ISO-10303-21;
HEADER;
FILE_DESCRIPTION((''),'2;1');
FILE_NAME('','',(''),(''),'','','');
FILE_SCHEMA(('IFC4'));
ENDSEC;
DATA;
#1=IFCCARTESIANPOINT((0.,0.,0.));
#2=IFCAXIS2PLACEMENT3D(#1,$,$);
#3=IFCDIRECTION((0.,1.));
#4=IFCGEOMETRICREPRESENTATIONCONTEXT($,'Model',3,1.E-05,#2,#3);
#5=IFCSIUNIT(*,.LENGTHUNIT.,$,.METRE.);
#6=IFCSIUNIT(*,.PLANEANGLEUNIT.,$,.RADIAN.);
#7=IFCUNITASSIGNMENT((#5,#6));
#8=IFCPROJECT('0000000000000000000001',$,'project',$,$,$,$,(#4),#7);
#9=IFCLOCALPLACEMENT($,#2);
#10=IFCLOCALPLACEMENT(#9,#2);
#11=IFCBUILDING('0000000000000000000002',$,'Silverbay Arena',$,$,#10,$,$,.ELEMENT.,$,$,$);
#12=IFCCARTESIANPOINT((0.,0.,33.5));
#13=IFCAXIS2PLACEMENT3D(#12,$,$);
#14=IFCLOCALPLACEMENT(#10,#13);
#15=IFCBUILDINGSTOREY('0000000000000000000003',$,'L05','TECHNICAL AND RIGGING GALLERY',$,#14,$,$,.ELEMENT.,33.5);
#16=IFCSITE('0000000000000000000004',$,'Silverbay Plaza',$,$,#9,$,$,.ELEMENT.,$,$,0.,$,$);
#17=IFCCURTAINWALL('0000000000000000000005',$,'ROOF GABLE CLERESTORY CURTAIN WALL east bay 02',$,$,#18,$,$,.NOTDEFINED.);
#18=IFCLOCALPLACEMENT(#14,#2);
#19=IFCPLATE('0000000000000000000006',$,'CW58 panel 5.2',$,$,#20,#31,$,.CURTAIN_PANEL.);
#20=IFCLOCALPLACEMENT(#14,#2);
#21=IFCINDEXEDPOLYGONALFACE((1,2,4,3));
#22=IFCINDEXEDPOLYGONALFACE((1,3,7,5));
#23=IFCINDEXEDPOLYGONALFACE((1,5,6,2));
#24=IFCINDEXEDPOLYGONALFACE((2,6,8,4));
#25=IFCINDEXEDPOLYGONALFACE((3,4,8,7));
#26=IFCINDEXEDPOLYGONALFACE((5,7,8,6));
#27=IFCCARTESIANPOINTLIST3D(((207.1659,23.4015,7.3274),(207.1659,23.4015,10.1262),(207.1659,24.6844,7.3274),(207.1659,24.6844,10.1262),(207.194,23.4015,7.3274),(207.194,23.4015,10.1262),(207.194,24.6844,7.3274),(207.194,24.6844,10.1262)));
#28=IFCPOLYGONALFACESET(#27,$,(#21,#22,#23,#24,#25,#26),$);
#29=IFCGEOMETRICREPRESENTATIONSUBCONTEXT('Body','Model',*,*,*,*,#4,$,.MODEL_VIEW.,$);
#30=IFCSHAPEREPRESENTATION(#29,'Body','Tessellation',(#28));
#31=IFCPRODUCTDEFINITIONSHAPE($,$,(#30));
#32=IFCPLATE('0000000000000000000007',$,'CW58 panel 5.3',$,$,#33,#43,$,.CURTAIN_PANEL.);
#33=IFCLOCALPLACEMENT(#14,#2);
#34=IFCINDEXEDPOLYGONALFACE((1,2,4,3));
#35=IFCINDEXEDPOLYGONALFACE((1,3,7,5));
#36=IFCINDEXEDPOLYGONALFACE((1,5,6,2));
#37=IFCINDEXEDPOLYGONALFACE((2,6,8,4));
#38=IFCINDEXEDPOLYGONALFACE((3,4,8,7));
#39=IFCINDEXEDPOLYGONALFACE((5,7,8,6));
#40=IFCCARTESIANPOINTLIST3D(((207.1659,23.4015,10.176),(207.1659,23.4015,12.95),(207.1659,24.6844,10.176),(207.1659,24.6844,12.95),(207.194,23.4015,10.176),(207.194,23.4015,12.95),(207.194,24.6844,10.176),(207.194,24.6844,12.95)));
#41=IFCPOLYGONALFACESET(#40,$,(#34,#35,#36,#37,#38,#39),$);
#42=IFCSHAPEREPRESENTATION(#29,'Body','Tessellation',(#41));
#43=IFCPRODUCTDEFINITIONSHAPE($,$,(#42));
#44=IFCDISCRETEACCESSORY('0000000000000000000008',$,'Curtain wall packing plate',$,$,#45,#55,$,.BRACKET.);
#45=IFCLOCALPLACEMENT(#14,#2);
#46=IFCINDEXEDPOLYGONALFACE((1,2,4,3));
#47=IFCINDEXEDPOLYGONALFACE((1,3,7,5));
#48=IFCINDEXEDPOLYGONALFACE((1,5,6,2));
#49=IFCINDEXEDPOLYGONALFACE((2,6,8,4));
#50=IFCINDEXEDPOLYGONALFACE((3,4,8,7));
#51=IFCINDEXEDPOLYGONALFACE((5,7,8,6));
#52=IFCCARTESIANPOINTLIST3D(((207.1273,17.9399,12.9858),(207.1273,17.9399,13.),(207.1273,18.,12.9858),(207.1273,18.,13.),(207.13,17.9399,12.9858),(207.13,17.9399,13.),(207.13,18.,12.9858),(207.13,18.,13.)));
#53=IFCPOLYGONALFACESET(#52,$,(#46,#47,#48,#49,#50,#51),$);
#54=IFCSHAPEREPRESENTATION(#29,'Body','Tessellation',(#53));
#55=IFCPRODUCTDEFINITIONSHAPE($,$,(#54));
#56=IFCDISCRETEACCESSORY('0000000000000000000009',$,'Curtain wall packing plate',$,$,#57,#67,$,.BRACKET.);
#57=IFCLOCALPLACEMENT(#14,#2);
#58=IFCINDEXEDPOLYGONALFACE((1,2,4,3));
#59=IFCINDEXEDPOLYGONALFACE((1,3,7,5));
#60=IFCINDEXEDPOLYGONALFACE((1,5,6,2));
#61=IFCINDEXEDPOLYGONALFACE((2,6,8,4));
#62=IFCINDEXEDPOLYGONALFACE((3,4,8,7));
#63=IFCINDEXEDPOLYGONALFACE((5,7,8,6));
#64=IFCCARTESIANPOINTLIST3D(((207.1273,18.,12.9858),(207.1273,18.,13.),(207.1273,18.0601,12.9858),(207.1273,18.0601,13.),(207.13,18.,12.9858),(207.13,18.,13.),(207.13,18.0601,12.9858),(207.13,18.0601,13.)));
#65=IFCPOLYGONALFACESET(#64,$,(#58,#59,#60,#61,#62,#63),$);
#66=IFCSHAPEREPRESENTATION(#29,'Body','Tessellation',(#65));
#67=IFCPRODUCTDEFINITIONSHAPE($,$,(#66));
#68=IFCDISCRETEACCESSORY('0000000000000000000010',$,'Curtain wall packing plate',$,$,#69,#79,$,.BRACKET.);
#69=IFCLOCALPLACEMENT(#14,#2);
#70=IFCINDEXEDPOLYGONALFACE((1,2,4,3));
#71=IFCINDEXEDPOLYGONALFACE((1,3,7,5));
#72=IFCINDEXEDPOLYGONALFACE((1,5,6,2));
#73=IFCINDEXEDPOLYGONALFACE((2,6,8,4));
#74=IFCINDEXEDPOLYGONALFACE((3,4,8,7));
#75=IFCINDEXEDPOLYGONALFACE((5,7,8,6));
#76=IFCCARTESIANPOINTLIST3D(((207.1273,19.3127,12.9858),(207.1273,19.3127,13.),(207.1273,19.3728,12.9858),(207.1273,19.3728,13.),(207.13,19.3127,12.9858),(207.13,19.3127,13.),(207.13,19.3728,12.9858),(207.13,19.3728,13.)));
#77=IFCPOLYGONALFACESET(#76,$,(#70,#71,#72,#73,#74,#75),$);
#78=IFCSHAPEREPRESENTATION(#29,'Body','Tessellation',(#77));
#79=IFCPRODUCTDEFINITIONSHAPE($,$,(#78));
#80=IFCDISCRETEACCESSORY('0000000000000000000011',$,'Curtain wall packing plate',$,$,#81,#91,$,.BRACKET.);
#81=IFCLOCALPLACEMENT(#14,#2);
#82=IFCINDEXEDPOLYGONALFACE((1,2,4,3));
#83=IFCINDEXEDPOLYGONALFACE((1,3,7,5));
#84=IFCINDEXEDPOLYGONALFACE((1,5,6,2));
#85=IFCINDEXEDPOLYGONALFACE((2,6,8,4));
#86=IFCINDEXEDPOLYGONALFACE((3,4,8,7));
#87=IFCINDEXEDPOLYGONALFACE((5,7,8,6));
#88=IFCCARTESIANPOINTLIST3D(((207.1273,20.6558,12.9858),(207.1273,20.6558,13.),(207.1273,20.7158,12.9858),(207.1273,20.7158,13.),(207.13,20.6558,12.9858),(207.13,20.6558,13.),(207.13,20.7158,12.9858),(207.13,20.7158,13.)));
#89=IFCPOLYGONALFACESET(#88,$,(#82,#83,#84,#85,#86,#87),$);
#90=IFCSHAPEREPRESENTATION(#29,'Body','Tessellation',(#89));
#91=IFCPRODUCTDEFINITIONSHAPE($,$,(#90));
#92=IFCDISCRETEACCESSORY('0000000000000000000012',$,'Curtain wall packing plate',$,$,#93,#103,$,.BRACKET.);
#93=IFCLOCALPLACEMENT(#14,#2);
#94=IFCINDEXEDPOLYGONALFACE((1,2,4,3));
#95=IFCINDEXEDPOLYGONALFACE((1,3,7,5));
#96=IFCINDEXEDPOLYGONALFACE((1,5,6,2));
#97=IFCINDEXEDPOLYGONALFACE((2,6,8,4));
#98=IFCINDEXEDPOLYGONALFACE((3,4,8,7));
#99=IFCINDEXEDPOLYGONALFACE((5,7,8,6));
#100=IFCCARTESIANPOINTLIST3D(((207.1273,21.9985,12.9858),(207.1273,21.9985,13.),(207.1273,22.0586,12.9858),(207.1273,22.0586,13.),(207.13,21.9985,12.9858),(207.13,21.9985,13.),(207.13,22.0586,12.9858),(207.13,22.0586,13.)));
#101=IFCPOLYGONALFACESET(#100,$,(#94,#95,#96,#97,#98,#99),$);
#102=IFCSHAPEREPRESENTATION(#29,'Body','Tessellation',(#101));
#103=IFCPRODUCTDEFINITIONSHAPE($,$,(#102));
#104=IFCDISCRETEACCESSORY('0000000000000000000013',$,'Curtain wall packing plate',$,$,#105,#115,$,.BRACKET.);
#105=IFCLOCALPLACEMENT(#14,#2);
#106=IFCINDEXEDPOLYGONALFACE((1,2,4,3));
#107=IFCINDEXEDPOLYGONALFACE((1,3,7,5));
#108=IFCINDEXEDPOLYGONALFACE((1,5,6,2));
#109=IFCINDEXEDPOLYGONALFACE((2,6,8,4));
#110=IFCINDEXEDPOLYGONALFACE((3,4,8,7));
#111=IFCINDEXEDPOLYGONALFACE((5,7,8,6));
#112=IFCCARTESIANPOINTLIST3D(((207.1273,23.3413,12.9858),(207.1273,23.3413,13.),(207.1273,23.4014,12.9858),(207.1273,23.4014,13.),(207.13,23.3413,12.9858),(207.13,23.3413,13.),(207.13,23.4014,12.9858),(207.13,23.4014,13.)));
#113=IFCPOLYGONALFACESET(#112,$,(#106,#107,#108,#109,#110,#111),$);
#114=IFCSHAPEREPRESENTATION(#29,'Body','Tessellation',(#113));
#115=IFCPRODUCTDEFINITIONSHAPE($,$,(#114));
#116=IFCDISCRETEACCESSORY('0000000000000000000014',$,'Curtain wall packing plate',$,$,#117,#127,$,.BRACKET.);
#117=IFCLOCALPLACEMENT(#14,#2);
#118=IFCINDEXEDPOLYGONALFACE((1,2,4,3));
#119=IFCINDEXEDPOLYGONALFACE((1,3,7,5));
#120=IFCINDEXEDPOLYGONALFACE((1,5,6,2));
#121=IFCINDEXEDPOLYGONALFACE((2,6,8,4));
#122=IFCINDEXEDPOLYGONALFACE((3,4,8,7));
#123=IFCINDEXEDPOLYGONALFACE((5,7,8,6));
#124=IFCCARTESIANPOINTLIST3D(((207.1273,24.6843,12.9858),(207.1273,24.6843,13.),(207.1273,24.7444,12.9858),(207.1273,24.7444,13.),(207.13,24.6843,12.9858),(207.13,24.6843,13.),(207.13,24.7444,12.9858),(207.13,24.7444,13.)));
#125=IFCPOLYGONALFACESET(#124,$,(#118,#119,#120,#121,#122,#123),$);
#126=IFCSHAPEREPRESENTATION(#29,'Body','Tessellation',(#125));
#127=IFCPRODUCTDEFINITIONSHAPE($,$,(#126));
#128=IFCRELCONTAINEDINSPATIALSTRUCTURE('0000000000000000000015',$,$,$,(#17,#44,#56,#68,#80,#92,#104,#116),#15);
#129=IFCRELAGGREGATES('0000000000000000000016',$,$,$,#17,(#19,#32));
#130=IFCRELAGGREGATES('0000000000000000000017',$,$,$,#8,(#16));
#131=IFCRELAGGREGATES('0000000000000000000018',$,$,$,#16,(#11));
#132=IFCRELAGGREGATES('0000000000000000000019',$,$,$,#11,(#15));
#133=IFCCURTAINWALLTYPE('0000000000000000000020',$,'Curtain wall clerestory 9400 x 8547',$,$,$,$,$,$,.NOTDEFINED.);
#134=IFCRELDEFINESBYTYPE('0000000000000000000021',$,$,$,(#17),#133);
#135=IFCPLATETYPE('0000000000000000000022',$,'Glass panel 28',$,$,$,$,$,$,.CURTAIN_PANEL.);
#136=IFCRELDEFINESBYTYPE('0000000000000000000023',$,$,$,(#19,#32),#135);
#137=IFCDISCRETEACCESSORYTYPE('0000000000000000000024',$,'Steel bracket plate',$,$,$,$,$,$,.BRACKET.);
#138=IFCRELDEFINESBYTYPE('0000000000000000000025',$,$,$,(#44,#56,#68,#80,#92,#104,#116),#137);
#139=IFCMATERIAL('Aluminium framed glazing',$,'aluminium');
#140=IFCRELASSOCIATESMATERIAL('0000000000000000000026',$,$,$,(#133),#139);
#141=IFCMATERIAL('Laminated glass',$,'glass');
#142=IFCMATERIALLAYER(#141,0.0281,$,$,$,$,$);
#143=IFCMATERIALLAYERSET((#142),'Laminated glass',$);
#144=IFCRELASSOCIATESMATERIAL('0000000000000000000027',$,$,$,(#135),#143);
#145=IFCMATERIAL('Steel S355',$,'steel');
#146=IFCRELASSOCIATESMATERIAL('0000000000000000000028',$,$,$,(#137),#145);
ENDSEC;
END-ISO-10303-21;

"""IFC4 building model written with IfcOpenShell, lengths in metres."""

from ifc_helpers import new_model, si_unit, direction, frame, origin, origin_2d, place, context, subcontext, project, spatial, rectangle, extrude, material, layer, layer_set, type_object, element, aggregate, save


model = new_model("IFC4")

# Units and contexts
model_context = context("Model", 3, precision=1e-05, world=origin(), true_north=direction((0.0, 1.0)))
body_context = subcontext(model_context, "Body", "Model", "MODEL_VIEW")
ifc_project = project(units=[si_unit("LENGTHUNIT", "METRE"), si_unit("PLANEANGLEUNIT", "RADIAN")], contexts=[model_context])

# Site, building, storey
site_placement = place(None, origin())
site = spatial("IfcSite", under=ifc_project, at=site_placement, Name="Silverbay Plaza", CompositionType="ELEMENT", RefElevation=0.0)
building_placement = place(site_placement, origin())
building = spatial("IfcBuilding", under=site, at=building_placement, Name="Silverbay Arena", CompositionType="ELEMENT")
storey_placement = place(building_placement, frame((0.0, 0.0, 33.5)))
storey = spatial("IfcBuildingStorey", under=building, at=storey_placement, Name="L05", Description="TECHNICAL AND RIGGING GALLERY", CompositionType="ELEMENT", Elevation=33.5)

# Curtain wall
ifc_material_1 = material(Name="Aluminium framed glazing", Category="aluminium")
curtain_wall_type_1 = type_object("IfcCurtainWallType", Name="Curtain wall clerestory 9400 x 8547", PredefinedType="NOTDEFINED", material=ifc_material_1)
curtain_wall_1_placement = place(storey_placement, origin())
curtain_wall_1 = element("IfcCurtainWall", 1, at=curtain_wall_1_placement, inside=storey, type_object=curtain_wall_type_1, Name="ROOF GABLE CLERESTORY CURTAIN WALL east bay 02", PredefinedType="NOTDEFINED")

# Shared definitions
ifc_material_2 = material(Name="Laminated glass", Category="glass")
ifc_layer = layer(ifc_material_2, 0.0281)
ifc_layer_set = layer_set([ifc_layer], Name="Laminated glass")
plate_type = type_object("IfcPlateType", Name="Glass panel 28", PredefinedType="CURTAIN_PANEL", material=ifc_layer_set)

# Plates
plate_1_placement = place(storey_placement, frame((207.1799, 24.043, 7.3274), z_axis=(0.0, 0.0, 1.0), x_axis=(0.0, 1.0, 0.0)))
plate_1 = element("IfcPlate", 2, at=plate_1_placement, type_object=plate_type, Name="CW58 panel 5.2", PredefinedType="CURTAIN_PANEL", context=body_context, shape_type="SweptSolid", body=[
    extrude(rectangle(XDim=1.283, YDim=0.0281, at=origin_2d()), origin(), (0.0, 0.0, 1.0), 2.7988),
])
plate_2_placement = place(storey_placement, frame((207.1799, 24.043, 10.176), z_axis=(0.0, 0.0, 1.0), x_axis=(0.0, 1.0, 0.0)))
plate_2 = element("IfcPlate", 3, at=plate_2_placement, type_object=plate_type, Name="CW58 panel 5.3", PredefinedType="CURTAIN_PANEL", context=body_context, shape_type="SweptSolid", body=[
    extrude(rectangle(XDim=1.283, YDim=0.0281, at=origin_2d()), origin(), (0.0, 0.0, 1.0), 2.7739),
])
aggregate(curtain_wall_1, [plate_1, plate_2])

# Discrete accessories
ifc_material_3 = material(Name="Steel S355", Category="steel")
discrete_accessory_type = type_object("IfcDiscreteAccessoryType", Name="Steel bracket plate", PredefinedType="BRACKET", material=ifc_material_3)
for number, where, z_axis, x_axis, name in (
    (4, (207.1287, 17.97, 12.9858), (0.0, 0.0, 1.0), (1.0, 0.0, 0.0), "Curtain wall packing plate"),
    (5, (207.1287, 18.03, 12.9858), (0.0, 0.0, 1.0), (1.0, 0.0, 0.0), "Curtain wall packing plate"),
    (6, (207.1287, 19.3428, 12.9858), (0.0, 0.0, 1.0), (1.0, 0.0, 0.0), "Curtain wall packing plate"),
    (7, (207.1287, 20.6858, 12.9858), (0.0, 0.0, 1.0), (1.0, 0.0, 0.0), "Curtain wall packing plate"),
    (8, (207.1287, 22.0286, 12.9858), (0.0, 0.0, 1.0), (1.0, 0.0, 0.0), "Curtain wall packing plate"),
    (9, (207.1287, 23.3713, 12.9858), (0.0, 0.0, 1.0), (1.0, 0.0, 0.0), "Curtain wall packing plate"),
    (10, (207.1287, 24.7144, 12.9858), (0.0, 0.0, 1.0), (1.0, 0.0, 0.0), "Curtain wall packing plate"),
):
    element("IfcDiscreteAccessory", number, at=place(storey_placement, frame(where, z_axis=z_axis, x_axis=x_axis)), inside=storey, type_object=discrete_accessory_type, Name=name, PredefinedType="BRACKET", context=body_context, shape_type="SweptSolid", body=[
        extrude(rectangle(XDim=0.0027, YDim=0.0601, at=origin_2d()), origin(), (0.0, 0.0, 1.0), 0.0142),
    ])

save(model, "model.ifc")
